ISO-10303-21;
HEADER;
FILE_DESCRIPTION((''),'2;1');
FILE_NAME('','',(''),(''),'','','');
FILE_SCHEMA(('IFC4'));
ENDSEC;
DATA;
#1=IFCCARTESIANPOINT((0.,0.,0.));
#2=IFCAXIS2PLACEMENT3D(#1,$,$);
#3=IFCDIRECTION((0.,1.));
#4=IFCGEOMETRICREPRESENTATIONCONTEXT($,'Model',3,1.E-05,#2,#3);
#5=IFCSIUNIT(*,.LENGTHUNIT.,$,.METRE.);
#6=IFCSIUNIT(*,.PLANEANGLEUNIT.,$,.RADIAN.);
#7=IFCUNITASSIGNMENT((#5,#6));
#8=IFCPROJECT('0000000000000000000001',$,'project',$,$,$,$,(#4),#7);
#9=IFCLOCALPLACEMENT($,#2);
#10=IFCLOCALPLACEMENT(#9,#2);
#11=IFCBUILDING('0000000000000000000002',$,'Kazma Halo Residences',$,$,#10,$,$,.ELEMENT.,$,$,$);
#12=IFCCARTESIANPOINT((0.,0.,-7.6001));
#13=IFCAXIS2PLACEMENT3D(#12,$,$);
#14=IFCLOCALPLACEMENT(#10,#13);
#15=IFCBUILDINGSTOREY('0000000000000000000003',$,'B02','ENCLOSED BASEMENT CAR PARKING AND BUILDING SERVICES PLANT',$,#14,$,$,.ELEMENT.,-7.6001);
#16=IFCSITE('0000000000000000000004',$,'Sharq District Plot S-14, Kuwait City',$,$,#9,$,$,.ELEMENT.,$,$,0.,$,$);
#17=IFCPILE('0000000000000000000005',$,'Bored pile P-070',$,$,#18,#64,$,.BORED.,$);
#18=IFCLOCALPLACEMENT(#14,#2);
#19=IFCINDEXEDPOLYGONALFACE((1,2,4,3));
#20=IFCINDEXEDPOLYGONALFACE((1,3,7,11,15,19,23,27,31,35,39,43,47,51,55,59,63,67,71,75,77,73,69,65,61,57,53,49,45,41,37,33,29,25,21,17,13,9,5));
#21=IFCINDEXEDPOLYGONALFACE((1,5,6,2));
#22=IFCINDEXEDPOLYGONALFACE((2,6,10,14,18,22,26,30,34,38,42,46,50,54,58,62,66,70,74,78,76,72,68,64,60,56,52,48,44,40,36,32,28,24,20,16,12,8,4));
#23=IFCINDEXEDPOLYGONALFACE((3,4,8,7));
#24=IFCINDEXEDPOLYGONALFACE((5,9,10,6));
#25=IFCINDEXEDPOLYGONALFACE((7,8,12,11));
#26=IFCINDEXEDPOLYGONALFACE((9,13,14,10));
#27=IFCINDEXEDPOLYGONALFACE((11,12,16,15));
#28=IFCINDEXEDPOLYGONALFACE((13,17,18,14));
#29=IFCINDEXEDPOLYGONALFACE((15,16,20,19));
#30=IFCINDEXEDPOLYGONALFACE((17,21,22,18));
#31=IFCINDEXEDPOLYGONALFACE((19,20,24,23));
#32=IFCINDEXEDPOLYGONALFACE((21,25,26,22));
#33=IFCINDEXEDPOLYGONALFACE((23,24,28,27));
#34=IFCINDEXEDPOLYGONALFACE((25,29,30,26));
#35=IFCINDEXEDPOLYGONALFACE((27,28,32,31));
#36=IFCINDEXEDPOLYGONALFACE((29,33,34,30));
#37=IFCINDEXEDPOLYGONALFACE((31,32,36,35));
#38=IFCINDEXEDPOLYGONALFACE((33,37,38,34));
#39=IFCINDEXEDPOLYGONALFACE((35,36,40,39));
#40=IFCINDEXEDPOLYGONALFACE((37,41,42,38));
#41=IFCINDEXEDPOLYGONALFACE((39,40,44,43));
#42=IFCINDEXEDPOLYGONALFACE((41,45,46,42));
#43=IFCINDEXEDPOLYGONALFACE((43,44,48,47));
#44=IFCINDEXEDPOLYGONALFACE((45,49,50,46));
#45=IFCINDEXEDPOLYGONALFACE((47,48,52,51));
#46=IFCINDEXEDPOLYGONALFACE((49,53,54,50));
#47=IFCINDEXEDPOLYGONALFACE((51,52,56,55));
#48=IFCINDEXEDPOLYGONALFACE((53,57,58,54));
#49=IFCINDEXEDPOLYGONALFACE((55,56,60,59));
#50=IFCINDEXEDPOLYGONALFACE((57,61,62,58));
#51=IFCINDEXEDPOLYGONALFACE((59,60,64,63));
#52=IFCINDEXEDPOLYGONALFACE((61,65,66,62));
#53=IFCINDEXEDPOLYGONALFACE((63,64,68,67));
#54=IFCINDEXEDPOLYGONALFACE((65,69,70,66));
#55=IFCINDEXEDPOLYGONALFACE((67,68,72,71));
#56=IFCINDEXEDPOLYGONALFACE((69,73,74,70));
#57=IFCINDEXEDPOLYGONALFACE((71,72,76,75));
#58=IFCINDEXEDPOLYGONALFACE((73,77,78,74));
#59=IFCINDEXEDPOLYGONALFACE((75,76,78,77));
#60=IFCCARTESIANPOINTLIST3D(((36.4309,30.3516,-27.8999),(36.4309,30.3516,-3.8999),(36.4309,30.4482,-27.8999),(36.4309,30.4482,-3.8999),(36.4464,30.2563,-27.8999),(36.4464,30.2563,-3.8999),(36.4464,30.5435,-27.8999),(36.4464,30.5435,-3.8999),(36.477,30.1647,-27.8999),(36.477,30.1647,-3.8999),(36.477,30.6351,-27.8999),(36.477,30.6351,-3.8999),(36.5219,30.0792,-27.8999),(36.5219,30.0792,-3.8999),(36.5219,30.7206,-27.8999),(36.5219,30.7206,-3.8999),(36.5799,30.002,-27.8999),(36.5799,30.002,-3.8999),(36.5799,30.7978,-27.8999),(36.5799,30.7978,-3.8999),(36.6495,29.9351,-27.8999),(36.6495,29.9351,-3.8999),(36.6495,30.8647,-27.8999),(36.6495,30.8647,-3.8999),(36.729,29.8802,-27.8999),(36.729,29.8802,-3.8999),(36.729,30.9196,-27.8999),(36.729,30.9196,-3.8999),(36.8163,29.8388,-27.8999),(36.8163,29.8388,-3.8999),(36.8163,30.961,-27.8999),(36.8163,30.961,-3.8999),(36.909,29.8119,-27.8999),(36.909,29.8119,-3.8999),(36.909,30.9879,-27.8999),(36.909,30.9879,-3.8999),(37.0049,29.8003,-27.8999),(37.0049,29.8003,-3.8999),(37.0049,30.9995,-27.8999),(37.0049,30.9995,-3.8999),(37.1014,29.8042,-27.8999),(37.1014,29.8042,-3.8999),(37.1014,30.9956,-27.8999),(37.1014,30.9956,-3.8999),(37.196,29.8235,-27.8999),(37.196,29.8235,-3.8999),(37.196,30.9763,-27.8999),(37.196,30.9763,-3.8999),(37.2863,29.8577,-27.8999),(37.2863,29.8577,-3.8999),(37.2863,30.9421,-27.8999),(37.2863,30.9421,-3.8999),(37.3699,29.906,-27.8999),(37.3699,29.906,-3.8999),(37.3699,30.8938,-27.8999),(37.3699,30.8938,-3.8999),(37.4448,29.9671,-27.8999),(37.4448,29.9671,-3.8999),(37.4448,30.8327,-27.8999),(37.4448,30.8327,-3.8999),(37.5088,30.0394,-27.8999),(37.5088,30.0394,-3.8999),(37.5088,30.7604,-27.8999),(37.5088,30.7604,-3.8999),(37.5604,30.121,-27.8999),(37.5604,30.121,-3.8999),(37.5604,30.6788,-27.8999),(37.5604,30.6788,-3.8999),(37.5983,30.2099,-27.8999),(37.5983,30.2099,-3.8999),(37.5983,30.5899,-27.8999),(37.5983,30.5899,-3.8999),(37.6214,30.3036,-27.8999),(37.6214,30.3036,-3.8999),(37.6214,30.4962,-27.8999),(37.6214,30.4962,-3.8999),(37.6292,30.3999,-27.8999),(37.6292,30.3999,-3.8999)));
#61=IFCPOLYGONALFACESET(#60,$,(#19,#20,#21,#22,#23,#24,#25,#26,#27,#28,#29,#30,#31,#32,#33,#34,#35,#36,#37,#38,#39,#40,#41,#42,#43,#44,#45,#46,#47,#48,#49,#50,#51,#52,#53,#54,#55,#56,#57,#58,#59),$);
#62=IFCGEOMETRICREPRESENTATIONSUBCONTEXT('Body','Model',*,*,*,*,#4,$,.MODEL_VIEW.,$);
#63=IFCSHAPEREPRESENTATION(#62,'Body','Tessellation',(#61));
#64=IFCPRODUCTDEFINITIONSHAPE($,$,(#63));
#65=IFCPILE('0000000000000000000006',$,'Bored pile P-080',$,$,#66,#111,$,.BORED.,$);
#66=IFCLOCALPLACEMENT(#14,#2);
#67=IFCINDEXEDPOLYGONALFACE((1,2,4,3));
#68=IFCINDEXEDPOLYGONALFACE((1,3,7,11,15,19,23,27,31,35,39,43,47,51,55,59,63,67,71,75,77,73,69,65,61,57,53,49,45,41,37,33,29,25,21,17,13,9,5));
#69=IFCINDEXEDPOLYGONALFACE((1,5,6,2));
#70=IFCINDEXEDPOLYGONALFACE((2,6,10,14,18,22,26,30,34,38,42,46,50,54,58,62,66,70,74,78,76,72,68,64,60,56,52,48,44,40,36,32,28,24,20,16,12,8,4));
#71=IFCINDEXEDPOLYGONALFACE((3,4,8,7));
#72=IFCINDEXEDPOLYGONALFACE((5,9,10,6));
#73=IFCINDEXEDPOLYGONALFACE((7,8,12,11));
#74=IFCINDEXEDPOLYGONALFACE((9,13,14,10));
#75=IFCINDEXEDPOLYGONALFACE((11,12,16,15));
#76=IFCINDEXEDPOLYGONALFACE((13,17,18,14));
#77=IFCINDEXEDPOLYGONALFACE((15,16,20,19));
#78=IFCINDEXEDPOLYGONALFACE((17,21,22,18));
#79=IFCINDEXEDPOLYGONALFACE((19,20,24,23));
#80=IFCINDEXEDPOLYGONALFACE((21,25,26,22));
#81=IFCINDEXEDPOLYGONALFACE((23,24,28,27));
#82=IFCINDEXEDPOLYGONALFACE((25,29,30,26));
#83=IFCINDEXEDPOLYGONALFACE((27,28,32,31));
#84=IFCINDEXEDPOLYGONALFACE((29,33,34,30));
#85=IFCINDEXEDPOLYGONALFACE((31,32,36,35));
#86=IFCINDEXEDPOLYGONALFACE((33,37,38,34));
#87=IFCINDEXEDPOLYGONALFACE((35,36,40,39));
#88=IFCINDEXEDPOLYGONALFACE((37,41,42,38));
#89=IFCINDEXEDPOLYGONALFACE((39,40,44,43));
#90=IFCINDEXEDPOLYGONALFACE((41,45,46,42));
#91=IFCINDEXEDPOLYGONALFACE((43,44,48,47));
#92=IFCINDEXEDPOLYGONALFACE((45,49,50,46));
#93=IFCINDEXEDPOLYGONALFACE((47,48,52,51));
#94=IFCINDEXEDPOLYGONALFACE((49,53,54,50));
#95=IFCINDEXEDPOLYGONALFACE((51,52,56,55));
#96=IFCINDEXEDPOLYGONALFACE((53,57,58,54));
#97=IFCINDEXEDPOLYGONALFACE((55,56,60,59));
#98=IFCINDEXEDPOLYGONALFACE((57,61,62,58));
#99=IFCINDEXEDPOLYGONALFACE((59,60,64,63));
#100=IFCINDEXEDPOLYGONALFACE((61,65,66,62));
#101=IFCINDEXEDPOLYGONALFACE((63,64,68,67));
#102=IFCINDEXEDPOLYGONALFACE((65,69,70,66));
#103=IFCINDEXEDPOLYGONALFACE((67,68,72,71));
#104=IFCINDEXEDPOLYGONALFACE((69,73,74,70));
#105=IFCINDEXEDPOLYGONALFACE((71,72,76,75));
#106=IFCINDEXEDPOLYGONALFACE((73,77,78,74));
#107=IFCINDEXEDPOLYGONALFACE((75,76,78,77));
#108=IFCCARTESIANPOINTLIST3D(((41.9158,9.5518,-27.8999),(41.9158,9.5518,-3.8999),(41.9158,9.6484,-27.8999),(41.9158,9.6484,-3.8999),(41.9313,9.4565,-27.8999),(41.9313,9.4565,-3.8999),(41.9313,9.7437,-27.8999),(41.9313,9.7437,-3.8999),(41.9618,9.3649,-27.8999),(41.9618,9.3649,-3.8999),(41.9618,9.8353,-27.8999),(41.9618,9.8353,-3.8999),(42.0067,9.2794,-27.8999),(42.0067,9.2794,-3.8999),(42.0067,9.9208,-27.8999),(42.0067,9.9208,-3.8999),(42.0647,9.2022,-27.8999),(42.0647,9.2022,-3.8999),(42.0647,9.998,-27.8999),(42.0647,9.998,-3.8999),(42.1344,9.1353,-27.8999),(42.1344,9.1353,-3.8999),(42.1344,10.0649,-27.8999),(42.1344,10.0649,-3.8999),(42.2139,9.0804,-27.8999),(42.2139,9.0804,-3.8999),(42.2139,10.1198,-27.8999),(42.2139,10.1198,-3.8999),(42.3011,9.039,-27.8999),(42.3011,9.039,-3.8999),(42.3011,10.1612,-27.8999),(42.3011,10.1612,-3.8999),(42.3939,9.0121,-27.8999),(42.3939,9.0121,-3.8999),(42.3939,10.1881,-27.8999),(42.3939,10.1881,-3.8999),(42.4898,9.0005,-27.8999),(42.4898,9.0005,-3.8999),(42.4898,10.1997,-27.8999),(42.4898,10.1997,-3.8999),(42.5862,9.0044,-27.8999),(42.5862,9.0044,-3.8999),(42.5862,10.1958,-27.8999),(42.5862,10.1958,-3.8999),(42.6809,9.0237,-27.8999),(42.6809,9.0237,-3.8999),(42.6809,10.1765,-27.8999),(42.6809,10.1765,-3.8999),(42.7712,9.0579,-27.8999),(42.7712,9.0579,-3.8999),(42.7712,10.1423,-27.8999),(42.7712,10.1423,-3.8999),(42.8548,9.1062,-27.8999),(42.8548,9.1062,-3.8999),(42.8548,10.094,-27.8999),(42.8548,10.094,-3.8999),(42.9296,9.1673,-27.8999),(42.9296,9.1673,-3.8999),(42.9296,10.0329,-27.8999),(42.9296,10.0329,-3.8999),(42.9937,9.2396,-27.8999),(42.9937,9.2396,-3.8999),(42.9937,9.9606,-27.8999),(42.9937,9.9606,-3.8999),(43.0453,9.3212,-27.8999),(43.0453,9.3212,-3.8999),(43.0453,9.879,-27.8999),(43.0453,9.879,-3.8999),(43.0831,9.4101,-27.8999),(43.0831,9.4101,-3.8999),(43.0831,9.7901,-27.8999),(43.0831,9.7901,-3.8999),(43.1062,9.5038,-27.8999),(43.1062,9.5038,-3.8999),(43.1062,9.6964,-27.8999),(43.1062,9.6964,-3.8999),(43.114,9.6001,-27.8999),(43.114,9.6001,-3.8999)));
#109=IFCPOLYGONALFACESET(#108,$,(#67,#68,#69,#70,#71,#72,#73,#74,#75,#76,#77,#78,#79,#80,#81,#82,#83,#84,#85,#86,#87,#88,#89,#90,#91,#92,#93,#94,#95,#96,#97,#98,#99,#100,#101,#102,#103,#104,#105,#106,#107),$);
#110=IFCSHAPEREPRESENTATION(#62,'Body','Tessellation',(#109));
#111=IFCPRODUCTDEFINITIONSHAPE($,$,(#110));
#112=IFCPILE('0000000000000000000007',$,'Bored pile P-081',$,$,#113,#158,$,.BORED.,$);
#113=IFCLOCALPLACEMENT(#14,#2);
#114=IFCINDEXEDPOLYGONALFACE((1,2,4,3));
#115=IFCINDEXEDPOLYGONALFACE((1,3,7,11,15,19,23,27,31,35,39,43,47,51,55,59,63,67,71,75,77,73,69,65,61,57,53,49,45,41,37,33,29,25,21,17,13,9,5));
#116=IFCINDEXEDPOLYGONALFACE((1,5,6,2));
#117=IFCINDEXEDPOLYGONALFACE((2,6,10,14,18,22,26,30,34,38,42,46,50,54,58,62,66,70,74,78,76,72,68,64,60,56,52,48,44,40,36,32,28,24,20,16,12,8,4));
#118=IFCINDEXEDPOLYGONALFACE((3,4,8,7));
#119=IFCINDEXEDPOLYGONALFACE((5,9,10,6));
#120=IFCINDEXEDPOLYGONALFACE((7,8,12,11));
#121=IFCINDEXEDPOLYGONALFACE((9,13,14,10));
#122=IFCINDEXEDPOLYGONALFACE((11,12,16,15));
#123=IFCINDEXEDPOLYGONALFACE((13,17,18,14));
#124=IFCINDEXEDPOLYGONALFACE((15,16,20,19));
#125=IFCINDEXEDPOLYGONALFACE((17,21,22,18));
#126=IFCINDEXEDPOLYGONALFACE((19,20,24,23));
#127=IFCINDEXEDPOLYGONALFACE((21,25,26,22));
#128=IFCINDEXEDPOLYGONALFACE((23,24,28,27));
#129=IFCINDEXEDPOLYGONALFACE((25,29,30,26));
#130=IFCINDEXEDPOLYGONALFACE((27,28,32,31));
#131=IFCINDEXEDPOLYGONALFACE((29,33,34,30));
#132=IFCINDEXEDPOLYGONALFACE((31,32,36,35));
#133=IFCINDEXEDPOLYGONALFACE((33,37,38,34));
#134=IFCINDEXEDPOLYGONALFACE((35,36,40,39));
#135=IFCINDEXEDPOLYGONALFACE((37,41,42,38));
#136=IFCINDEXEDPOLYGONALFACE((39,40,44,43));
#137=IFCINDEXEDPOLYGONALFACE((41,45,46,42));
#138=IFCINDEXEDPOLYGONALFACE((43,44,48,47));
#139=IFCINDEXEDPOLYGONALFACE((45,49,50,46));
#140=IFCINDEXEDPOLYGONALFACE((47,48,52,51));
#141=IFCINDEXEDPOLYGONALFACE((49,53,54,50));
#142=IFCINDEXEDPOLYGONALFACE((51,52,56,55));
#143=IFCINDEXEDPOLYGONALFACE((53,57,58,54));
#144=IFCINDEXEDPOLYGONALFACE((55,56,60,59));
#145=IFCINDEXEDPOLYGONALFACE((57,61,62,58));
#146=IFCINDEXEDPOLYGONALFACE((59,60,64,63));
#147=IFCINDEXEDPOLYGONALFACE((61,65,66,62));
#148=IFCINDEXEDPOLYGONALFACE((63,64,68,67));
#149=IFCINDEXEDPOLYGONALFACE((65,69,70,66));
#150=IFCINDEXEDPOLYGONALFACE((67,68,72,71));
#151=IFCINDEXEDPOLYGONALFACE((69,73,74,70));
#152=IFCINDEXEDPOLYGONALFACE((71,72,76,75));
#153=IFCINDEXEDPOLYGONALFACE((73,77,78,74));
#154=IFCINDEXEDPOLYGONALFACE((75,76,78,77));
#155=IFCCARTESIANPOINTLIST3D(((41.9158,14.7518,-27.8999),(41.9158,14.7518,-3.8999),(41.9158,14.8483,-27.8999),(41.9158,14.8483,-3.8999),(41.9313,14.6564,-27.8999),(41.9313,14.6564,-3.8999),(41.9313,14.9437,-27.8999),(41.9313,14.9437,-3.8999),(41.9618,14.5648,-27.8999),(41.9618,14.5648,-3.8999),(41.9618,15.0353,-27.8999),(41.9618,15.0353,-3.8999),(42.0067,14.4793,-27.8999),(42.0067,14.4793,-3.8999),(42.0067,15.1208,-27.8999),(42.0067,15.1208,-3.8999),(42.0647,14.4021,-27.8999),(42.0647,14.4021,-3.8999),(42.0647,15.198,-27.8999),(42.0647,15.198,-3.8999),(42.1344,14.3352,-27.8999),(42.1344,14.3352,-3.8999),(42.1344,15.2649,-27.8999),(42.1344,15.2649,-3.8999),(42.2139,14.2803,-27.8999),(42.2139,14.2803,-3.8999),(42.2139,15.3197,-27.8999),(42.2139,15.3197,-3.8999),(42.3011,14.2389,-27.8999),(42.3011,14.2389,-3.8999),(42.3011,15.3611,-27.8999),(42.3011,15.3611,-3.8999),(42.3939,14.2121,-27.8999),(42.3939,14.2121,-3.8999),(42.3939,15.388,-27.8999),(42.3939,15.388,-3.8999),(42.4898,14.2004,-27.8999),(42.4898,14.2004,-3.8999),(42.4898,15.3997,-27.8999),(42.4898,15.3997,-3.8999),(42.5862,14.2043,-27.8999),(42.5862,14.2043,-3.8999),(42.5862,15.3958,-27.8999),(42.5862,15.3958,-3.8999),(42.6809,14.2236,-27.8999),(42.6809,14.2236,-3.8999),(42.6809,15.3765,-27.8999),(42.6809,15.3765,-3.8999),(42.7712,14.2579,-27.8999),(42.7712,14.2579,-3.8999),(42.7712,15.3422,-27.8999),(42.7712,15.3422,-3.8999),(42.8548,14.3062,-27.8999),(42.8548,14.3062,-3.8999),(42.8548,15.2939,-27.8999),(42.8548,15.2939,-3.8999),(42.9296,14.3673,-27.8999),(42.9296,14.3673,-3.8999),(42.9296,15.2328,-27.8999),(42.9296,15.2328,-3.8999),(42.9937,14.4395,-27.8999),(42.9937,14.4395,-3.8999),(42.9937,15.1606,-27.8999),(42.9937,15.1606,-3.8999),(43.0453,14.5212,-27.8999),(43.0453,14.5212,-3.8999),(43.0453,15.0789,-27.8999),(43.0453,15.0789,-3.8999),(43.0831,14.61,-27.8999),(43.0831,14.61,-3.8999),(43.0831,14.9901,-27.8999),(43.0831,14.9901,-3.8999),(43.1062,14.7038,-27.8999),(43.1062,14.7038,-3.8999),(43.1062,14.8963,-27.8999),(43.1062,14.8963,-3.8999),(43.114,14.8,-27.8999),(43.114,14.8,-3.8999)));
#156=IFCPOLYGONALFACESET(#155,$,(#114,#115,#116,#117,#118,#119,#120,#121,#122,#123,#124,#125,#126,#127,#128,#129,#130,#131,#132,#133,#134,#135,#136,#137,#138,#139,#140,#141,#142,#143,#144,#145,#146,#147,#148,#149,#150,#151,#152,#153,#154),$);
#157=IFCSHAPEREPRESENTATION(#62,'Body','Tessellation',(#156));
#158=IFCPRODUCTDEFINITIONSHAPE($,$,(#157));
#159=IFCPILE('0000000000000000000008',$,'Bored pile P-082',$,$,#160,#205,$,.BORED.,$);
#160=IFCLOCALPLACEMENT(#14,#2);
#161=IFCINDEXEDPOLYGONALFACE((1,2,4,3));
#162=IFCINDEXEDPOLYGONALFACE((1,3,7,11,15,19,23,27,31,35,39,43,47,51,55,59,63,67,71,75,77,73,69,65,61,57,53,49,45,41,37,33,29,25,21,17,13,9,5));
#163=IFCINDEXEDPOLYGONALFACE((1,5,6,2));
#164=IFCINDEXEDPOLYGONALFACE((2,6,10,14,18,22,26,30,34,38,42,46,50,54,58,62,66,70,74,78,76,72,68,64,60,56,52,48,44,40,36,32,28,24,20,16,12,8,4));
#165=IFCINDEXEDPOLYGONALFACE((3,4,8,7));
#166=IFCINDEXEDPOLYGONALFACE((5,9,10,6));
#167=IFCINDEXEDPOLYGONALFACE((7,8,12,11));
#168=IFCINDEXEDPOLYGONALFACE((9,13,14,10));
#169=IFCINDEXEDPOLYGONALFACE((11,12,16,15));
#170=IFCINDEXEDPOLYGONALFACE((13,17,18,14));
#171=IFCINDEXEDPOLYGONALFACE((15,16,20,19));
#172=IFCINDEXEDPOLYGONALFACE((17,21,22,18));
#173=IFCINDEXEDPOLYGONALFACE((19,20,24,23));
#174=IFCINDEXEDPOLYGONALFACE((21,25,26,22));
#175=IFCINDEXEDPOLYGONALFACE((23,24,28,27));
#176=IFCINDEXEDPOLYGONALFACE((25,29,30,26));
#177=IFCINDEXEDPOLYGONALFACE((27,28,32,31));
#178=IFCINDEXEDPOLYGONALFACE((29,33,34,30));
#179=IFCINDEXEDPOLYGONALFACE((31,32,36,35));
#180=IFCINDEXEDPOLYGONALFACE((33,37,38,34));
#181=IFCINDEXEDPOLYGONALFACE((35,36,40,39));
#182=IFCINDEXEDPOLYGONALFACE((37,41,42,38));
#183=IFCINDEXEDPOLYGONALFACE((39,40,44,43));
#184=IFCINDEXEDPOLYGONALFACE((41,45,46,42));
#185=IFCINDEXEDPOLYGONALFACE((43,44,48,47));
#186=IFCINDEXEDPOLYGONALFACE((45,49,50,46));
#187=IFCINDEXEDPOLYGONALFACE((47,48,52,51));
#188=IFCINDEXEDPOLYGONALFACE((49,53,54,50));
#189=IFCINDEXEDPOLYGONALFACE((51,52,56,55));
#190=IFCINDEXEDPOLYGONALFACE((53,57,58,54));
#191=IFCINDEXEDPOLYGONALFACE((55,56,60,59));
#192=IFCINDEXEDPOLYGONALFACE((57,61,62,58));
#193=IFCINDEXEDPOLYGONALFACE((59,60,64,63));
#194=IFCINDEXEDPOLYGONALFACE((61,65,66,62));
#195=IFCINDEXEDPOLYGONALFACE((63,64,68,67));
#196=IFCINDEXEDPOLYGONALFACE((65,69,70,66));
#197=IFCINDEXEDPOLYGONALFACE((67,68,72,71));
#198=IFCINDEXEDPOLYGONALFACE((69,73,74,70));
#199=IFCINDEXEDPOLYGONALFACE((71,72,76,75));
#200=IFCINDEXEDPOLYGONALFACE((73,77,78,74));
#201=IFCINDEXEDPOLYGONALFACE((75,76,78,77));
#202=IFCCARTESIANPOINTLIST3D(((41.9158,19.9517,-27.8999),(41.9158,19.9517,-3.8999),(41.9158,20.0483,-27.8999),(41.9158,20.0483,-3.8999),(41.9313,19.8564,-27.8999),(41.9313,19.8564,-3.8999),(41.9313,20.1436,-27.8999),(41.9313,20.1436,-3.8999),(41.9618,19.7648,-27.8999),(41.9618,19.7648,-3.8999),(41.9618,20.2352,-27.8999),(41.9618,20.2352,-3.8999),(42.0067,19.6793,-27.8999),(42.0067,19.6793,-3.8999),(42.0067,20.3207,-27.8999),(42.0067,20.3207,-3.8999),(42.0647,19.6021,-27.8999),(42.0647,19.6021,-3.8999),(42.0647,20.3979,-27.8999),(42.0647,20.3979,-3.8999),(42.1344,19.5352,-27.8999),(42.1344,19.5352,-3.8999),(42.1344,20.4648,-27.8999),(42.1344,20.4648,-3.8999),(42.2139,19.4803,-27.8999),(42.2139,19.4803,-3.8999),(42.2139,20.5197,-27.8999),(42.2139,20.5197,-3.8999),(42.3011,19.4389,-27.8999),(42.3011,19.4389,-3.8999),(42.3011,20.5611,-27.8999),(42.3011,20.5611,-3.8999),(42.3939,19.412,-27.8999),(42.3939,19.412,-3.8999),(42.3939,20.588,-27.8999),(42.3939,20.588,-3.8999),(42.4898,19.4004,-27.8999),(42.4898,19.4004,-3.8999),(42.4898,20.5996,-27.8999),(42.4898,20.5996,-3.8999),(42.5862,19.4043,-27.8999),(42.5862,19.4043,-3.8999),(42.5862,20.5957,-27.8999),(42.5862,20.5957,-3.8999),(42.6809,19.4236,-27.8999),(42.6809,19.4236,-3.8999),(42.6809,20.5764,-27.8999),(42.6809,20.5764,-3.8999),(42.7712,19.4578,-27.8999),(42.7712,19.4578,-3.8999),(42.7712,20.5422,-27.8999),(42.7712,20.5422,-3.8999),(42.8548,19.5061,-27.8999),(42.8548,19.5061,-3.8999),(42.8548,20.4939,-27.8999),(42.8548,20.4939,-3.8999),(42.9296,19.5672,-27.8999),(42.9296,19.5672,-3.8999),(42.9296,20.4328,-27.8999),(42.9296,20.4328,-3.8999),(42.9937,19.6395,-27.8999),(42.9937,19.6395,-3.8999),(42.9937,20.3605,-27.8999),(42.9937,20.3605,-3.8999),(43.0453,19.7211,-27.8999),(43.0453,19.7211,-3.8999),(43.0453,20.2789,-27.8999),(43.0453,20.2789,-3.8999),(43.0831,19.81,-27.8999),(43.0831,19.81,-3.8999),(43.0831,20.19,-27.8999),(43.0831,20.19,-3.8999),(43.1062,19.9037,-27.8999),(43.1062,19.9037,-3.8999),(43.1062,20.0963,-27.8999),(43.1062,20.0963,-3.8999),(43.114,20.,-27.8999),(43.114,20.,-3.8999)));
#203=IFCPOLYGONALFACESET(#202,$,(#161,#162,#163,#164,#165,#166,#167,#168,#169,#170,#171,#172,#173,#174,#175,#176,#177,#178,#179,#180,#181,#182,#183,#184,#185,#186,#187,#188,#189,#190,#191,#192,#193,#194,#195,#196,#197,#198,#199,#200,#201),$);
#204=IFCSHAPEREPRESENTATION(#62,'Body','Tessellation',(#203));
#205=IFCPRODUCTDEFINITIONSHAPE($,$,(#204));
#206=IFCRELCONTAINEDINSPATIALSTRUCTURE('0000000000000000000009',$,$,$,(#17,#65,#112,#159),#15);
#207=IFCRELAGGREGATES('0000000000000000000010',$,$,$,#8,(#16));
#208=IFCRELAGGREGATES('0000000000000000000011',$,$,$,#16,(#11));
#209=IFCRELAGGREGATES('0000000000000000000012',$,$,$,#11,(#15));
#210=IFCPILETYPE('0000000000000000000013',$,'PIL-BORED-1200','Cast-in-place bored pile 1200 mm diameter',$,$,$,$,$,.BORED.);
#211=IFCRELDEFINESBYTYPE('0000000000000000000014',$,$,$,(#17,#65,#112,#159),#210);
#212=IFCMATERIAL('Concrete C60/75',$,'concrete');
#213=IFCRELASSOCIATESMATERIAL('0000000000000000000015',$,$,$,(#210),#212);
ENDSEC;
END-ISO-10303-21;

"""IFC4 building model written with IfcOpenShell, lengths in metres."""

from ifc_helpers import new_model, si_unit, direction, frame, origin, origin_2d, place, context, subcontext, project, spatial, circle, extrude, material, material_profile, profile_set, type_object, element, save


model = new_model("IFC4")

# Units and contexts
model_context = context("Model", 3, precision=1e-05, world=origin(), true_north=direction((0.0, 1.0)))
body_context = subcontext(model_context, "Body", "Model", "MODEL_VIEW")
ifc_project = project(units=[si_unit("LENGTHUNIT", "METRE"), si_unit("PLANEANGLEUNIT", "RADIAN")], contexts=[model_context])

# Site, building, storey
site_placement = place(None, origin())
site = spatial("IfcSite", under=ifc_project, at=site_placement, Name="Sharq District Plot S-14, Kuwait City", CompositionType="ELEMENT", RefElevation=0.0)
building_placement = place(site_placement, origin())
building = spatial("IfcBuilding", under=site, at=building_placement, Name="Kazma Halo Residences", CompositionType="ELEMENT")
storey_placement = place(building_placement, frame((0.0, 0.0, -7.6001)))
storey = spatial("IfcBuildingStorey", under=building, at=storey_placement, Name="B02", Description="ENCLOSED BASEMENT CAR PARKING AND BUILDING SERVICES PLANT", CompositionType="ELEMENT", Elevation=-7.6001)

# Piles
ifc_material_1 = material(Name="Concrete C60/75", Category="concrete")
ifc_material_profile_1 = material_profile(ifc_material_1, circle(Radius=0.6001, at=origin_2d()), Name="CIRC1200")
ifc_profile_set_1 = profile_set([ifc_material_profile_1], Name="Concrete C60/75")
pile_type = type_object("IfcPileType", Name="PIL-BORED-1200", Description="Cast-in-place bored pile 1200 mm diameter", PredefinedType="BORED", material=ifc_profile_set_1)
for number, where, z_axis, x_axis, name in (
    (1, (37.0291, 30.3999, -3.8999), (0.0, 0.0, -1.0), (1.0, 0.0, 0.0), "Bored pile P-070"),
    (2, (42.5139, 9.6001, -3.8999), (0.0, 0.0, -1.0), (1.0, 0.0, 0.0), "Bored pile P-080"),
    (3, (42.5139, 14.8, -3.8999), (0.0, 0.0, -1.0), (1.0, 0.0, 0.0), "Bored pile P-081"),
    (4, (42.5139, 20.0, -3.8999), (0.0, 0.0, -1.0), (1.0, 0.0, 0.0), "Bored pile P-082"),
):
    element("IfcPile", number, at=place(storey_placement, frame(where, z_axis=z_axis, x_axis=x_axis)), inside=storey, type_object=pile_type, Name=name, PredefinedType="BORED", context=body_context, shape_type="SweptSolid", body=[
        extrude(circle(Radius=0.6001, at=origin_2d()), origin(), (0.0, 0.0, 1.0), 24.0),
    ])

save(model, "model.ifc")
